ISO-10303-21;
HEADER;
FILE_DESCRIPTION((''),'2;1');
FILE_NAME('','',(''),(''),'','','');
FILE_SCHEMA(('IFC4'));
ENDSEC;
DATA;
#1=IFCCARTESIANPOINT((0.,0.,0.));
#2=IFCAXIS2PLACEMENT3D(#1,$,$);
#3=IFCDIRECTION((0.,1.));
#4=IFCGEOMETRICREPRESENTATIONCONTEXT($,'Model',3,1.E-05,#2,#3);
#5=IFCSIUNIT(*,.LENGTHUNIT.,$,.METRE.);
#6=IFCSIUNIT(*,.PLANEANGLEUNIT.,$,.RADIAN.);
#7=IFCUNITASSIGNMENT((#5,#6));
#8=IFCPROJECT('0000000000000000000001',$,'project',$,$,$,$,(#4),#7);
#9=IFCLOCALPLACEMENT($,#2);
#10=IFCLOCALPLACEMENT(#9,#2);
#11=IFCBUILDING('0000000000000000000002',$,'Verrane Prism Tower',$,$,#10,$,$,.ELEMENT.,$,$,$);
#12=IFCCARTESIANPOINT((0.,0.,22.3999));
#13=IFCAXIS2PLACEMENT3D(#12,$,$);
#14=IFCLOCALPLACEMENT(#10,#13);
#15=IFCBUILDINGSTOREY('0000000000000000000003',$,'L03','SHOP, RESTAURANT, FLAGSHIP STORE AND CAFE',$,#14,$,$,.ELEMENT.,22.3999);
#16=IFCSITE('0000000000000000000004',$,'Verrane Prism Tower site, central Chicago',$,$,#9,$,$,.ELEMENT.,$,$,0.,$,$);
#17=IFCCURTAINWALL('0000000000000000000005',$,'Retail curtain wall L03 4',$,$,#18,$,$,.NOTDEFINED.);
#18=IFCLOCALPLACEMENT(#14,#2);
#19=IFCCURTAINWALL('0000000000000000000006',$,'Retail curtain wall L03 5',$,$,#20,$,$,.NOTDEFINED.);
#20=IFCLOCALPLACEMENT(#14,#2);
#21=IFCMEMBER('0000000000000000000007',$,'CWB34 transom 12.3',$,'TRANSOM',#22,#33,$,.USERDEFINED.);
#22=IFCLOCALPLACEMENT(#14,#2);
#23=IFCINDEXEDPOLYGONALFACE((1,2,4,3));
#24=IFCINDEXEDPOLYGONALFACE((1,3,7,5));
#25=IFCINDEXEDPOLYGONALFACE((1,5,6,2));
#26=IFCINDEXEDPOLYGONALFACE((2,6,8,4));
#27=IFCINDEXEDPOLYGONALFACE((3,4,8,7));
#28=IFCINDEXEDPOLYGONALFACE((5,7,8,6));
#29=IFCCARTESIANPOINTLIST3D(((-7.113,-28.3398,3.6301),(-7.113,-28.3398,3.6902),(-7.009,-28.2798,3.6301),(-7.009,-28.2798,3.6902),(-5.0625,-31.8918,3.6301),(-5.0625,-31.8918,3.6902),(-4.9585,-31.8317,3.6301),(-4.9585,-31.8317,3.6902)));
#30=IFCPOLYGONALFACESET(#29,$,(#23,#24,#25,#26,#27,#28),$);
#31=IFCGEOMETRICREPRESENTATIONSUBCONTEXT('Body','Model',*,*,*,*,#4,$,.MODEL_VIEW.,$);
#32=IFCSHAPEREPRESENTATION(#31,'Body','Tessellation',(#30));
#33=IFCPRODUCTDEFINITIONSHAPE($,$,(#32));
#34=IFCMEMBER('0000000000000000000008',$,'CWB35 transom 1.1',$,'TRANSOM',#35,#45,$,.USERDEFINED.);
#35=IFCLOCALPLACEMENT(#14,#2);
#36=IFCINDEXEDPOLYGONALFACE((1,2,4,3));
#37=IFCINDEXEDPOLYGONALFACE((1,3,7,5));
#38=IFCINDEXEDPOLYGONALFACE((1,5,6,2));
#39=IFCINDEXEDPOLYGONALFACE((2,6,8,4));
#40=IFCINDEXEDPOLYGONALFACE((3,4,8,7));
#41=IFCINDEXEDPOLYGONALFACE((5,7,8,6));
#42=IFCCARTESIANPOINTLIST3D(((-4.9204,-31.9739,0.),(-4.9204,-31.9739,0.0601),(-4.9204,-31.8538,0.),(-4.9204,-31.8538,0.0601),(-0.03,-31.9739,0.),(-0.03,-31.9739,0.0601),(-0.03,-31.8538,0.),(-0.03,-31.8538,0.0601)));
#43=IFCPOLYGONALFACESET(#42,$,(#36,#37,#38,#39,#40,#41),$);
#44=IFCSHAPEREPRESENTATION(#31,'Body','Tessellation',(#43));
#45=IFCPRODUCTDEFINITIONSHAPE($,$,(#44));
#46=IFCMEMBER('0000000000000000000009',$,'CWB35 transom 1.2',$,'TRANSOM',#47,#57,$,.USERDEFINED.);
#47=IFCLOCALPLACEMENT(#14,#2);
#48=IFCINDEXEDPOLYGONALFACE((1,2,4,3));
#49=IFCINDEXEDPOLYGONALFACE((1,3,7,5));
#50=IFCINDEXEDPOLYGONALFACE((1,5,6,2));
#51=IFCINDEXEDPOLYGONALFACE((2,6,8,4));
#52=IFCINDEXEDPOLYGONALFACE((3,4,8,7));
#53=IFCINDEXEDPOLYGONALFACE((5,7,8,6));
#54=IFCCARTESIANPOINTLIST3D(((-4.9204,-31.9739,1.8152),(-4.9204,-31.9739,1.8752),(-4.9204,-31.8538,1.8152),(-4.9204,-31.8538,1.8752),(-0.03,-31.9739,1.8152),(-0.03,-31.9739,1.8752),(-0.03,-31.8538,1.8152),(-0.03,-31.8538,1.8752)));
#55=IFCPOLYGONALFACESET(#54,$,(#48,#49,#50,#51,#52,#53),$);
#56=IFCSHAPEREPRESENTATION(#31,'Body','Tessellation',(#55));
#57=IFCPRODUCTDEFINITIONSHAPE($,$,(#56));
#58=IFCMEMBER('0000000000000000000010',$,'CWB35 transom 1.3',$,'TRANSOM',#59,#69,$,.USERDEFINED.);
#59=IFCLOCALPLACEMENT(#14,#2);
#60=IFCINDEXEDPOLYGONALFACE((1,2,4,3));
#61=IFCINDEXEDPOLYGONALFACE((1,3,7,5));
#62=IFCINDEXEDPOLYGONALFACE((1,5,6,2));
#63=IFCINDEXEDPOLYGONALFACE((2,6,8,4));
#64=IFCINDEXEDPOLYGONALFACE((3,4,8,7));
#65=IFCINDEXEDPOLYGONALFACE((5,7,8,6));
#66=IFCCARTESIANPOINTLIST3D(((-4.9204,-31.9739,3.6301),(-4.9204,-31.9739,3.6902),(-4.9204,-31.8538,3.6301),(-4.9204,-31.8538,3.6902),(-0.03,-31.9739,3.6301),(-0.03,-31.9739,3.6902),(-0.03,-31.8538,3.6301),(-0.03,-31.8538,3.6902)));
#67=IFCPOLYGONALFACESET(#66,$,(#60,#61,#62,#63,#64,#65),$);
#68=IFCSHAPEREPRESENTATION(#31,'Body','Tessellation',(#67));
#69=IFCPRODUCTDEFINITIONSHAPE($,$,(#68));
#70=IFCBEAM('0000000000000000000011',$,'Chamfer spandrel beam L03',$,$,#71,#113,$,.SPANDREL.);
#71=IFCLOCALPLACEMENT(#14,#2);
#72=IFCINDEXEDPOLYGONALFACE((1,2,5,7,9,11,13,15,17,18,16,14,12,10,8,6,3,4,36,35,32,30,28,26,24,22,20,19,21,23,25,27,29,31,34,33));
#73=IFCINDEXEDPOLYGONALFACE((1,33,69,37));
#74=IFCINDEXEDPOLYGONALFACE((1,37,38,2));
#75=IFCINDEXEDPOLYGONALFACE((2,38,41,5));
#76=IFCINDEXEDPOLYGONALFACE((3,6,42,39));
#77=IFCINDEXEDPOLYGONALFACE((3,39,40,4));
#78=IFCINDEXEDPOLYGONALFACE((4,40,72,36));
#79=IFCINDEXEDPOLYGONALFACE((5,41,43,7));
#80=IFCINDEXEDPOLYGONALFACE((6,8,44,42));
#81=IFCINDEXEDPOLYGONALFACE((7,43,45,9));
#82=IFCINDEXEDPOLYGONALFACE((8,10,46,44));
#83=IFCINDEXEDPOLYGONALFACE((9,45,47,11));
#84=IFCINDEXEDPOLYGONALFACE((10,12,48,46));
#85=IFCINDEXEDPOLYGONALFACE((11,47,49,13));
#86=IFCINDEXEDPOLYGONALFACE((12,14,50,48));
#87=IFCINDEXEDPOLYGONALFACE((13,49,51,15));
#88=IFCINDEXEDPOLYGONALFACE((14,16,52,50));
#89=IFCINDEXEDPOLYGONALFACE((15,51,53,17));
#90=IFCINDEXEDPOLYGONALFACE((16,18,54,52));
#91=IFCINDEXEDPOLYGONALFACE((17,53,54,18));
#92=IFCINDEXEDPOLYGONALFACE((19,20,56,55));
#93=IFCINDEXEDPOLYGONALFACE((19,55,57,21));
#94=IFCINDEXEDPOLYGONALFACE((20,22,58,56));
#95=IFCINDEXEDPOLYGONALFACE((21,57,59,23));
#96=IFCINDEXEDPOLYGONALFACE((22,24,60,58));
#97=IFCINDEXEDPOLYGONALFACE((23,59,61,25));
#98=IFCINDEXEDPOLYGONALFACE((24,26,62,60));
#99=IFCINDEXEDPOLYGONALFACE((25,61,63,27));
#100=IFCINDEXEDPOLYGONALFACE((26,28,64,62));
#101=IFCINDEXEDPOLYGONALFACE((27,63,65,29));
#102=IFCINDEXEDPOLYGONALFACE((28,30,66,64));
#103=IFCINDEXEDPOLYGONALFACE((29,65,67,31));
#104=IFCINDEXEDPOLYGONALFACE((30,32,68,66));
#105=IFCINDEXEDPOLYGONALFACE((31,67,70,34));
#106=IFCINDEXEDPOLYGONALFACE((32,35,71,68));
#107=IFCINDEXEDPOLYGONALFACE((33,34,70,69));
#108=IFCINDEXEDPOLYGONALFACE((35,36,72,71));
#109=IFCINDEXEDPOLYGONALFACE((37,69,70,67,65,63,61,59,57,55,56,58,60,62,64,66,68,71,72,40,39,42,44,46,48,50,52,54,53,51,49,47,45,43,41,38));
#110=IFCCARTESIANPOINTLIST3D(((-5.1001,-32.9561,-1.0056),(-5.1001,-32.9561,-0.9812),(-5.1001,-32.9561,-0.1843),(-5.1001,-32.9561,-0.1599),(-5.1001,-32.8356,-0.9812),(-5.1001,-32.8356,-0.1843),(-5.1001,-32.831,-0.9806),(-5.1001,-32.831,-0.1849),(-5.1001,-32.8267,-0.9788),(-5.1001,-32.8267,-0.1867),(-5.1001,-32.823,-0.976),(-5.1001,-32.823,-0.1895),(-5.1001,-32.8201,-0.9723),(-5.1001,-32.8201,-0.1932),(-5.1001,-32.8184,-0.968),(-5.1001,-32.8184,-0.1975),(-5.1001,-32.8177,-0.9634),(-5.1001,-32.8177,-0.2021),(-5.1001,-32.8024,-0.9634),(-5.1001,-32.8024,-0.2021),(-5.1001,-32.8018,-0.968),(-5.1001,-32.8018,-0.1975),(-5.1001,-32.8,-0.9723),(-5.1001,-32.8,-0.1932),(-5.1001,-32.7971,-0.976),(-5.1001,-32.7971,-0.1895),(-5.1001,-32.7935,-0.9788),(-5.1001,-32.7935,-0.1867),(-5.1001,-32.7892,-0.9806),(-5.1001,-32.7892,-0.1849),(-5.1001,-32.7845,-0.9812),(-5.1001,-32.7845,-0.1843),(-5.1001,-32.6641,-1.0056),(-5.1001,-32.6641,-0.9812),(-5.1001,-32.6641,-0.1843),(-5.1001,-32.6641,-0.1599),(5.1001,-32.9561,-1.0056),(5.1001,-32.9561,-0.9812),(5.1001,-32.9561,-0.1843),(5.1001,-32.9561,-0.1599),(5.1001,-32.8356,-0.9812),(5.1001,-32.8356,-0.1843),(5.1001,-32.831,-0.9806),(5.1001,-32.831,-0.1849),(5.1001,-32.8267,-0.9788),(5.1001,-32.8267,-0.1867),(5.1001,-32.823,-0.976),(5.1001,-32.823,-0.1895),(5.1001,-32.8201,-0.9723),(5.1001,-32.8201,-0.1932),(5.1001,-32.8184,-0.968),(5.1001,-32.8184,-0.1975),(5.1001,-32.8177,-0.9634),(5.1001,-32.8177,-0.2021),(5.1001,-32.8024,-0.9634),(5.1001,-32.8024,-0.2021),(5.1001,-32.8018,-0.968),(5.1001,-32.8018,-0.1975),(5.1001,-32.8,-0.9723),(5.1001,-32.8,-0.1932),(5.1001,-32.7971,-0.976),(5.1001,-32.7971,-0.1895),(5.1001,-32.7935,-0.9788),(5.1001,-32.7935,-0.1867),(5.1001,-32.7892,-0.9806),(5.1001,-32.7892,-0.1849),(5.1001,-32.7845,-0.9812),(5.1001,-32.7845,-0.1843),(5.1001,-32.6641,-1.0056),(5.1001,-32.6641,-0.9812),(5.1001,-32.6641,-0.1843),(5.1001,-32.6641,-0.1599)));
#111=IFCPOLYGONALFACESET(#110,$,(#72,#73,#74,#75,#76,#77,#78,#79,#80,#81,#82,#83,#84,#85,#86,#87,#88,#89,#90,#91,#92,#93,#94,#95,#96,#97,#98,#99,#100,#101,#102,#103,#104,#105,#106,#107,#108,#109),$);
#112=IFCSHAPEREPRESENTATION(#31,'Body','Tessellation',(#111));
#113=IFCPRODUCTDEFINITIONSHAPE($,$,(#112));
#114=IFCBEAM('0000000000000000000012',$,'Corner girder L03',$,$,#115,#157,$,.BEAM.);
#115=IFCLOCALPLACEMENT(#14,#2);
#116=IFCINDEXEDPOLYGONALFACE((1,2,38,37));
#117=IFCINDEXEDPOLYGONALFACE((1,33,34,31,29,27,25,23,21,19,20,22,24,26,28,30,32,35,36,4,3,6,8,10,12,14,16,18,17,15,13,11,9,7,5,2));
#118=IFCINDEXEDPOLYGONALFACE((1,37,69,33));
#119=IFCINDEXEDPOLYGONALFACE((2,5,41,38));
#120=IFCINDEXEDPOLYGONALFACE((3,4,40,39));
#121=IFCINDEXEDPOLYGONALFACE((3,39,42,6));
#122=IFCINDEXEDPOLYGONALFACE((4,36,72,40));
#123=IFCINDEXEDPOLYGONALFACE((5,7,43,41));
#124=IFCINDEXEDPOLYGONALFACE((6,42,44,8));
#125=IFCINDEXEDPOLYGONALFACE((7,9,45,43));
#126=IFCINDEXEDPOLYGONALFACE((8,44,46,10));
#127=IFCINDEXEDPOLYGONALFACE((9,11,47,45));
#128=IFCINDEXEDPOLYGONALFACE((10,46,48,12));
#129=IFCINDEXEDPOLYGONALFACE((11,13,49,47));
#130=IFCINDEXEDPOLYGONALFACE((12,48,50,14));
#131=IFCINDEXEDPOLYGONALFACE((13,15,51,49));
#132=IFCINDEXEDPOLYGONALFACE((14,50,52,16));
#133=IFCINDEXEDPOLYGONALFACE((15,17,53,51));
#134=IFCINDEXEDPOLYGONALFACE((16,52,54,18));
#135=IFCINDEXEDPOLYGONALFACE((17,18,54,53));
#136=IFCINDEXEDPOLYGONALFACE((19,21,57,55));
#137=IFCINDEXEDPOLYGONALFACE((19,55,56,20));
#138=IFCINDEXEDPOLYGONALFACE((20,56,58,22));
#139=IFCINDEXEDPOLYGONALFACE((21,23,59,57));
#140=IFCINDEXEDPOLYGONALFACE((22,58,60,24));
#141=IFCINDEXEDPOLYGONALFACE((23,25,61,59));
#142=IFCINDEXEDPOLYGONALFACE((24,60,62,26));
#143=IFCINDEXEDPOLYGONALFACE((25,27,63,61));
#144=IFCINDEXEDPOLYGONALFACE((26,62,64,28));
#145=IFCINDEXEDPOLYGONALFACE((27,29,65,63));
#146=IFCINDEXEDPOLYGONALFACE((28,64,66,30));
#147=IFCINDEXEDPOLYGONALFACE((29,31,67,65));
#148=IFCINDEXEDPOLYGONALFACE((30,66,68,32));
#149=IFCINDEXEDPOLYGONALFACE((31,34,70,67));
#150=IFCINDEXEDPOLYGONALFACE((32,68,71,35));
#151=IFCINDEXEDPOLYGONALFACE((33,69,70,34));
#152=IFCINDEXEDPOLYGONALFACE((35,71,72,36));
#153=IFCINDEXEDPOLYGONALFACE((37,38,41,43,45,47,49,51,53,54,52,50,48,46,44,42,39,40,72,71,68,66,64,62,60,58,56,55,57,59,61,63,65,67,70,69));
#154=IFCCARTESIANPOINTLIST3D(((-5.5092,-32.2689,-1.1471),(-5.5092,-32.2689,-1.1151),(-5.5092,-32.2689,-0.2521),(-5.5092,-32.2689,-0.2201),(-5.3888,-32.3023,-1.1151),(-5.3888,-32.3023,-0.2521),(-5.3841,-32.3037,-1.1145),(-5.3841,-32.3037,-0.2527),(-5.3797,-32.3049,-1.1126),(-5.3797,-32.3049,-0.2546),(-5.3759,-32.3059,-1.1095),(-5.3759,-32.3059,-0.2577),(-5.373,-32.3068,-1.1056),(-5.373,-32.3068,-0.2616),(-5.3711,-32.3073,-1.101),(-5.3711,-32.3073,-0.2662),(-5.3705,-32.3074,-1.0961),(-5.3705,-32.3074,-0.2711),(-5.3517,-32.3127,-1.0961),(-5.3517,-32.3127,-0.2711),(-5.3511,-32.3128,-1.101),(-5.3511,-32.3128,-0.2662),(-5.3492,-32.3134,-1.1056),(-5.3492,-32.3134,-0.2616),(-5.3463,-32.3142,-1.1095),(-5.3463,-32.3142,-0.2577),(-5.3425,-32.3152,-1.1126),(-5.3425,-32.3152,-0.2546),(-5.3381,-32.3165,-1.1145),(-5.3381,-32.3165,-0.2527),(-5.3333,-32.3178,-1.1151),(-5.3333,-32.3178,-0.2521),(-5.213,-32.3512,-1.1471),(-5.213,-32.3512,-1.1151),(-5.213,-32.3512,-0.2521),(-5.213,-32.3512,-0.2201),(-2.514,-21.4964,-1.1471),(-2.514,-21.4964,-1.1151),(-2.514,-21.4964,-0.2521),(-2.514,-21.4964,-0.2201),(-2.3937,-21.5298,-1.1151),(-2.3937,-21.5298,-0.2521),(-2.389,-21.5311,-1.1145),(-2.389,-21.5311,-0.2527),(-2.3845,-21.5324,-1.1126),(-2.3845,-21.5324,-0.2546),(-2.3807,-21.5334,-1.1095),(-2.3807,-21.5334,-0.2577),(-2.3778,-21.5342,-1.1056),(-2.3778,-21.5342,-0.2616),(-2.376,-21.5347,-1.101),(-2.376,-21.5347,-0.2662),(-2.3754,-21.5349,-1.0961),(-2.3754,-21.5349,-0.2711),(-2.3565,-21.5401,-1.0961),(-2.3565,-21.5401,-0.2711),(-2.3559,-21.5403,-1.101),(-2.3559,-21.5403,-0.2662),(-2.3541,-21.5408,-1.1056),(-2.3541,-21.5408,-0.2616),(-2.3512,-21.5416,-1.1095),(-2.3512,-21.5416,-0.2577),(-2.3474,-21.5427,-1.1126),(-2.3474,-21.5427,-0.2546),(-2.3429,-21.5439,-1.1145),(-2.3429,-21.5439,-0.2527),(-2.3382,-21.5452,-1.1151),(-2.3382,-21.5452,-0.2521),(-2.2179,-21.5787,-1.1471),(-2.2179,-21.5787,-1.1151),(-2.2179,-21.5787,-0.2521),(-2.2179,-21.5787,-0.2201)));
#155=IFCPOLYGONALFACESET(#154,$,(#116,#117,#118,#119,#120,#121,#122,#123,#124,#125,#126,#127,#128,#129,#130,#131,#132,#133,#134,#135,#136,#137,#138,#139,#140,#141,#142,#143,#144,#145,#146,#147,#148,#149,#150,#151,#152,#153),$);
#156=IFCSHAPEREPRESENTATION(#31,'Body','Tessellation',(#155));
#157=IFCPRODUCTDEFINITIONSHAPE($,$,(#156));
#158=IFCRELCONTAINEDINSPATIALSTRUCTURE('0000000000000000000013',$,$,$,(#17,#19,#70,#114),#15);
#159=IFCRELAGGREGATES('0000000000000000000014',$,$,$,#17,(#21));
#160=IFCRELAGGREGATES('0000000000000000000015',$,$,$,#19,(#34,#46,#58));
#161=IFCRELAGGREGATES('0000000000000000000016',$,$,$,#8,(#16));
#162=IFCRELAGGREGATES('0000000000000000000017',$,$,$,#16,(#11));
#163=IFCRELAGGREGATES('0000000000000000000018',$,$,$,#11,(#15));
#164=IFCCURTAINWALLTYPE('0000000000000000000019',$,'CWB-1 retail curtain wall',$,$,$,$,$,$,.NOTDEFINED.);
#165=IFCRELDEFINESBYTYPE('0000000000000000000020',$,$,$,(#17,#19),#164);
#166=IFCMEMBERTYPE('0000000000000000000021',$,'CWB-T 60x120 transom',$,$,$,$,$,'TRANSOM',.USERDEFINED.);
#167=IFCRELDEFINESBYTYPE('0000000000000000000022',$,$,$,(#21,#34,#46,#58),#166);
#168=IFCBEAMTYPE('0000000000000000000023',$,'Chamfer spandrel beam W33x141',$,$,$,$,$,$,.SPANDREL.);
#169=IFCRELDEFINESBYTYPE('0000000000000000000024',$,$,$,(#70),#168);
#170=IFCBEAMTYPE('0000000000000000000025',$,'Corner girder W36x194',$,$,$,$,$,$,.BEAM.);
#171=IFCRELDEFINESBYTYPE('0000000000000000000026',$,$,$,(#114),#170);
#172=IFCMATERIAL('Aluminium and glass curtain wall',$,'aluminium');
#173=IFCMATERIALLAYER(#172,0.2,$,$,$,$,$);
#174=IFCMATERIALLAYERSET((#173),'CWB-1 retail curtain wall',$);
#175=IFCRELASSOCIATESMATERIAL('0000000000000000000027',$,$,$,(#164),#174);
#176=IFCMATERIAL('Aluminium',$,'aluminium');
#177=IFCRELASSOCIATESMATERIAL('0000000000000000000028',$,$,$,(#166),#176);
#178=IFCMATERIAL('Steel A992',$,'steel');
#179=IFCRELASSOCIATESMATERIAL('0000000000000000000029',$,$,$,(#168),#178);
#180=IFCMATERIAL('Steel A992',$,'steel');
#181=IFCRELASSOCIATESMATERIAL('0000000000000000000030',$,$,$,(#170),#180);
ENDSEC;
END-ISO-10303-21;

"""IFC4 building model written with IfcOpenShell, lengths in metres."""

from ifc_helpers import new_model, si_unit, direction, frame, origin, origin_2d, place, context, subcontext, project, spatial, rectangle, i_section, extrude, material, layer, layer_set, material_profile, profile_set, type_object, element, aggregate, save


model = new_model("IFC4")

# Units and contexts
model_context = context("Model", 3, precision=1e-05, world=origin(), true_north=direction((0.0, 1.0)))
body_context = subcontext(model_context, "Body", "Model", "MODEL_VIEW")
ifc_project = project(units=[si_unit("LENGTHUNIT", "METRE"), si_unit("PLANEANGLEUNIT", "RADIAN")], contexts=[model_context])

# Site, building, storey
site_placement = place(None, origin())
site = spatial("IfcSite", under=ifc_project, at=site_placement, Name="Verrane Prism Tower site, central Chicago", CompositionType="ELEMENT", RefElevation=0.0)
building_placement = place(site_placement, origin())
building = spatial("IfcBuilding", under=site, at=building_placement, Name="Verrane Prism Tower", CompositionType="ELEMENT")
storey_placement = place(building_placement, frame((0.0, 0.0, 22.3999)))
storey = spatial("IfcBuildingStorey", under=building, at=storey_placement, Name="L03", Description="SHOP, RESTAURANT, FLAGSHIP STORE AND CAFE", CompositionType="ELEMENT", Elevation=22.3999)

# Curtain wall
ifc_material_1 = material(Name="Aluminium and glass curtain wall", Category="aluminium")
ifc_layer_1 = layer(ifc_material_1, 0.2)
ifc_layer_set_1 = layer_set([ifc_layer_1], Name="CWB-1 retail curtain wall")
curtain_wall_type = type_object("IfcCurtainWallType", Name="CWB-1 retail curtain wall", PredefinedType="NOTDEFINED", material=ifc_layer_set_1)
curtain_wall_1_placement = place(storey_placement, origin())
curtain_wall_1 = element("IfcCurtainWall", 1, at=curtain_wall_1_placement, inside=storey, type_object=curtain_wall_type, Name="Retail curtain wall L03 4", PredefinedType="NOTDEFINED")

# Curtain wall
curtain_wall_2_placement = place(storey_placement, origin())
curtain_wall_2 = element("IfcCurtainWall", 2, at=curtain_wall_2_placement, inside=storey, type_object=curtain_wall_type, Name="Retail curtain wall L03 5", PredefinedType="NOTDEFINED")

# Members
ifc_material_2 = material(Name="Aluminium", Category="aluminium")
ifc_material_profile_1 = material_profile(ifc_material_2, rectangle(XDim=0.1201, YDim=0.0601, at=origin_2d()), Name="CWB-T 60x120 transom")
ifc_profile_set_1 = profile_set([ifc_material_profile_1], Name="Aluminium")
member_type_1 = type_object("IfcMemberType", Name="CWB-T 60x120 transom", ElementType="TRANSOM", PredefinedType="USERDEFINED", material=ifc_profile_set_1)
member_1_placement = place(storey_placement, frame((-7.061, -28.3098, 3.6602), z_axis=(0.499961, -0.866048, 0.0), x_axis=(0.866048, 0.499961, 0.0)))
member_1 = element("IfcMember", 3, at=member_1_placement, type_object=member_type_1, Name="CWB34 transom 12.3", ObjectType="TRANSOM", PredefinedType="USERDEFINED", context=body_context, shape_type="SweptSolid", body=[
    extrude(rectangle(XDim=0.1201, YDim=0.0601, at=origin_2d()), origin(), (0.0, 0.0, 1.0), 4.1013),
])
member_2_placement = place(storey_placement, frame((-4.9204, -31.9138, 0.03), z_axis=(1.0, 0.0, 0.0), x_axis=(0.0, 1.0, 0.0)))
member_2 = element("IfcMember", 4, at=member_2_placement, type_object=member_type_1, Name="CWB35 transom 1.1", ObjectType="TRANSOM", PredefinedType="USERDEFINED", context=body_context, shape_type="SweptSolid", body=[
    extrude(rectangle(XDim=0.1201, YDim=0.0601, at=origin_2d()), origin(), (0.0, 0.0, 1.0), 4.8904),
])
member_3_placement = place(storey_placement, frame((-4.9204, -31.9138, 1.8452), z_axis=(1.0, 0.0, 0.0), x_axis=(0.0, 1.0, 0.0)))
member_3 = element("IfcMember", 5, at=member_3_placement, type_object=member_type_1, Name="CWB35 transom 1.2", ObjectType="TRANSOM", PredefinedType="USERDEFINED", context=body_context, shape_type="SweptSolid", body=[
    extrude(rectangle(XDim=0.1201, YDim=0.0601, at=origin_2d()), origin(), (0.0, 0.0, 1.0), 4.8904),
])
member_4_placement = place(storey_placement, frame((-4.9204, -31.9138, 3.6602), z_axis=(1.0, 0.0, 0.0), x_axis=(0.0, 1.0, 0.0)))
member_4 = element("IfcMember", 6, at=member_4_placement, type_object=member_type_1, Name="CWB35 transom 1.3", ObjectType="TRANSOM", PredefinedType="USERDEFINED", context=body_context, shape_type="SweptSolid", body=[
    extrude(rectangle(XDim=0.1201, YDim=0.0601, at=origin_2d()), origin(), (0.0, 0.0, 1.0), 4.8904),
])

# Beams
ifc_material_3 = material(Name="Steel A992", Category="steel")
ifc_material_profile_2 = material_profile(ifc_material_3, i_section(OverallWidth=0.292, OverallDepth=0.8457, WebThickness=0.0154, FlangeThickness=0.0244, FilletRadius=0.0178, at=origin_2d()), Name="W33x141")
ifc_profile_set_2 = profile_set([ifc_material_profile_2], Name="Steel A992")
beam_type_1 = type_object("IfcBeamType", Name="Chamfer spandrel beam W33x141", PredefinedType="SPANDREL", material=ifc_profile_set_2)
beam_1_placement = place(storey_placement, frame((-5.1001, -32.8101, -0.5828), z_axis=(1.0, 0.0, 0.0), x_axis=(0.0, 1.0, 0.0)))
element("IfcBeam", 7, at=beam_1_placement, inside=storey, type_object=beam_type_1, Name="Chamfer spandrel beam L03", PredefinedType="SPANDREL", context=body_context, shape_type="SweptSolid", body=[
    extrude(i_section(OverallWidth=0.292, OverallDepth=0.8457, WebThickness=0.0154, FlangeThickness=0.0244, FilletRadius=0.0178, at=origin_2d()), origin(), (0.0, 0.0, 1.0), 10.2002),
])
ifc_material_4 = material(Name="Steel A992", Category="steel")
ifc_material_profile_3 = material_profile(ifc_material_4, i_section(OverallWidth=0.3074, OverallDepth=0.927, WebThickness=0.0195, FlangeThickness=0.032, FilletRadius=0.019, at=origin_2d()), Name="W36x194")
ifc_profile_set_3 = profile_set([ifc_material_profile_3], Name="Steel A992")
beam_type_2 = type_object("IfcBeamType", Name="Corner girder W36x194", PredefinedType="BEAM", material=ifc_profile_set_3)
beam_2_placement = place(storey_placement, frame((-5.3611, -32.3101, -0.6836), z_axis=(0.267874, 0.963454, 0.0), x_axis=(-0.963454, 0.267874, 0.0)))
element("IfcBeam", 8, at=beam_2_placement, inside=storey, type_object=beam_type_2, Name="Corner girder L03", PredefinedType="BEAM", context=body_context, shape_type="SweptSolid", body=[
    extrude(i_section(OverallWidth=0.3074, OverallDepth=0.927, WebThickness=0.0195, FlangeThickness=0.032, FilletRadius=0.019, at=origin_2d()), origin(), (0.0, 0.0, 1.0), 11.1812),
])

aggregate(curtain_wall_1, [member_1])
aggregate(curtain_wall_2, [member_2, member_3, member_4])

save(model, "model.ifc")
